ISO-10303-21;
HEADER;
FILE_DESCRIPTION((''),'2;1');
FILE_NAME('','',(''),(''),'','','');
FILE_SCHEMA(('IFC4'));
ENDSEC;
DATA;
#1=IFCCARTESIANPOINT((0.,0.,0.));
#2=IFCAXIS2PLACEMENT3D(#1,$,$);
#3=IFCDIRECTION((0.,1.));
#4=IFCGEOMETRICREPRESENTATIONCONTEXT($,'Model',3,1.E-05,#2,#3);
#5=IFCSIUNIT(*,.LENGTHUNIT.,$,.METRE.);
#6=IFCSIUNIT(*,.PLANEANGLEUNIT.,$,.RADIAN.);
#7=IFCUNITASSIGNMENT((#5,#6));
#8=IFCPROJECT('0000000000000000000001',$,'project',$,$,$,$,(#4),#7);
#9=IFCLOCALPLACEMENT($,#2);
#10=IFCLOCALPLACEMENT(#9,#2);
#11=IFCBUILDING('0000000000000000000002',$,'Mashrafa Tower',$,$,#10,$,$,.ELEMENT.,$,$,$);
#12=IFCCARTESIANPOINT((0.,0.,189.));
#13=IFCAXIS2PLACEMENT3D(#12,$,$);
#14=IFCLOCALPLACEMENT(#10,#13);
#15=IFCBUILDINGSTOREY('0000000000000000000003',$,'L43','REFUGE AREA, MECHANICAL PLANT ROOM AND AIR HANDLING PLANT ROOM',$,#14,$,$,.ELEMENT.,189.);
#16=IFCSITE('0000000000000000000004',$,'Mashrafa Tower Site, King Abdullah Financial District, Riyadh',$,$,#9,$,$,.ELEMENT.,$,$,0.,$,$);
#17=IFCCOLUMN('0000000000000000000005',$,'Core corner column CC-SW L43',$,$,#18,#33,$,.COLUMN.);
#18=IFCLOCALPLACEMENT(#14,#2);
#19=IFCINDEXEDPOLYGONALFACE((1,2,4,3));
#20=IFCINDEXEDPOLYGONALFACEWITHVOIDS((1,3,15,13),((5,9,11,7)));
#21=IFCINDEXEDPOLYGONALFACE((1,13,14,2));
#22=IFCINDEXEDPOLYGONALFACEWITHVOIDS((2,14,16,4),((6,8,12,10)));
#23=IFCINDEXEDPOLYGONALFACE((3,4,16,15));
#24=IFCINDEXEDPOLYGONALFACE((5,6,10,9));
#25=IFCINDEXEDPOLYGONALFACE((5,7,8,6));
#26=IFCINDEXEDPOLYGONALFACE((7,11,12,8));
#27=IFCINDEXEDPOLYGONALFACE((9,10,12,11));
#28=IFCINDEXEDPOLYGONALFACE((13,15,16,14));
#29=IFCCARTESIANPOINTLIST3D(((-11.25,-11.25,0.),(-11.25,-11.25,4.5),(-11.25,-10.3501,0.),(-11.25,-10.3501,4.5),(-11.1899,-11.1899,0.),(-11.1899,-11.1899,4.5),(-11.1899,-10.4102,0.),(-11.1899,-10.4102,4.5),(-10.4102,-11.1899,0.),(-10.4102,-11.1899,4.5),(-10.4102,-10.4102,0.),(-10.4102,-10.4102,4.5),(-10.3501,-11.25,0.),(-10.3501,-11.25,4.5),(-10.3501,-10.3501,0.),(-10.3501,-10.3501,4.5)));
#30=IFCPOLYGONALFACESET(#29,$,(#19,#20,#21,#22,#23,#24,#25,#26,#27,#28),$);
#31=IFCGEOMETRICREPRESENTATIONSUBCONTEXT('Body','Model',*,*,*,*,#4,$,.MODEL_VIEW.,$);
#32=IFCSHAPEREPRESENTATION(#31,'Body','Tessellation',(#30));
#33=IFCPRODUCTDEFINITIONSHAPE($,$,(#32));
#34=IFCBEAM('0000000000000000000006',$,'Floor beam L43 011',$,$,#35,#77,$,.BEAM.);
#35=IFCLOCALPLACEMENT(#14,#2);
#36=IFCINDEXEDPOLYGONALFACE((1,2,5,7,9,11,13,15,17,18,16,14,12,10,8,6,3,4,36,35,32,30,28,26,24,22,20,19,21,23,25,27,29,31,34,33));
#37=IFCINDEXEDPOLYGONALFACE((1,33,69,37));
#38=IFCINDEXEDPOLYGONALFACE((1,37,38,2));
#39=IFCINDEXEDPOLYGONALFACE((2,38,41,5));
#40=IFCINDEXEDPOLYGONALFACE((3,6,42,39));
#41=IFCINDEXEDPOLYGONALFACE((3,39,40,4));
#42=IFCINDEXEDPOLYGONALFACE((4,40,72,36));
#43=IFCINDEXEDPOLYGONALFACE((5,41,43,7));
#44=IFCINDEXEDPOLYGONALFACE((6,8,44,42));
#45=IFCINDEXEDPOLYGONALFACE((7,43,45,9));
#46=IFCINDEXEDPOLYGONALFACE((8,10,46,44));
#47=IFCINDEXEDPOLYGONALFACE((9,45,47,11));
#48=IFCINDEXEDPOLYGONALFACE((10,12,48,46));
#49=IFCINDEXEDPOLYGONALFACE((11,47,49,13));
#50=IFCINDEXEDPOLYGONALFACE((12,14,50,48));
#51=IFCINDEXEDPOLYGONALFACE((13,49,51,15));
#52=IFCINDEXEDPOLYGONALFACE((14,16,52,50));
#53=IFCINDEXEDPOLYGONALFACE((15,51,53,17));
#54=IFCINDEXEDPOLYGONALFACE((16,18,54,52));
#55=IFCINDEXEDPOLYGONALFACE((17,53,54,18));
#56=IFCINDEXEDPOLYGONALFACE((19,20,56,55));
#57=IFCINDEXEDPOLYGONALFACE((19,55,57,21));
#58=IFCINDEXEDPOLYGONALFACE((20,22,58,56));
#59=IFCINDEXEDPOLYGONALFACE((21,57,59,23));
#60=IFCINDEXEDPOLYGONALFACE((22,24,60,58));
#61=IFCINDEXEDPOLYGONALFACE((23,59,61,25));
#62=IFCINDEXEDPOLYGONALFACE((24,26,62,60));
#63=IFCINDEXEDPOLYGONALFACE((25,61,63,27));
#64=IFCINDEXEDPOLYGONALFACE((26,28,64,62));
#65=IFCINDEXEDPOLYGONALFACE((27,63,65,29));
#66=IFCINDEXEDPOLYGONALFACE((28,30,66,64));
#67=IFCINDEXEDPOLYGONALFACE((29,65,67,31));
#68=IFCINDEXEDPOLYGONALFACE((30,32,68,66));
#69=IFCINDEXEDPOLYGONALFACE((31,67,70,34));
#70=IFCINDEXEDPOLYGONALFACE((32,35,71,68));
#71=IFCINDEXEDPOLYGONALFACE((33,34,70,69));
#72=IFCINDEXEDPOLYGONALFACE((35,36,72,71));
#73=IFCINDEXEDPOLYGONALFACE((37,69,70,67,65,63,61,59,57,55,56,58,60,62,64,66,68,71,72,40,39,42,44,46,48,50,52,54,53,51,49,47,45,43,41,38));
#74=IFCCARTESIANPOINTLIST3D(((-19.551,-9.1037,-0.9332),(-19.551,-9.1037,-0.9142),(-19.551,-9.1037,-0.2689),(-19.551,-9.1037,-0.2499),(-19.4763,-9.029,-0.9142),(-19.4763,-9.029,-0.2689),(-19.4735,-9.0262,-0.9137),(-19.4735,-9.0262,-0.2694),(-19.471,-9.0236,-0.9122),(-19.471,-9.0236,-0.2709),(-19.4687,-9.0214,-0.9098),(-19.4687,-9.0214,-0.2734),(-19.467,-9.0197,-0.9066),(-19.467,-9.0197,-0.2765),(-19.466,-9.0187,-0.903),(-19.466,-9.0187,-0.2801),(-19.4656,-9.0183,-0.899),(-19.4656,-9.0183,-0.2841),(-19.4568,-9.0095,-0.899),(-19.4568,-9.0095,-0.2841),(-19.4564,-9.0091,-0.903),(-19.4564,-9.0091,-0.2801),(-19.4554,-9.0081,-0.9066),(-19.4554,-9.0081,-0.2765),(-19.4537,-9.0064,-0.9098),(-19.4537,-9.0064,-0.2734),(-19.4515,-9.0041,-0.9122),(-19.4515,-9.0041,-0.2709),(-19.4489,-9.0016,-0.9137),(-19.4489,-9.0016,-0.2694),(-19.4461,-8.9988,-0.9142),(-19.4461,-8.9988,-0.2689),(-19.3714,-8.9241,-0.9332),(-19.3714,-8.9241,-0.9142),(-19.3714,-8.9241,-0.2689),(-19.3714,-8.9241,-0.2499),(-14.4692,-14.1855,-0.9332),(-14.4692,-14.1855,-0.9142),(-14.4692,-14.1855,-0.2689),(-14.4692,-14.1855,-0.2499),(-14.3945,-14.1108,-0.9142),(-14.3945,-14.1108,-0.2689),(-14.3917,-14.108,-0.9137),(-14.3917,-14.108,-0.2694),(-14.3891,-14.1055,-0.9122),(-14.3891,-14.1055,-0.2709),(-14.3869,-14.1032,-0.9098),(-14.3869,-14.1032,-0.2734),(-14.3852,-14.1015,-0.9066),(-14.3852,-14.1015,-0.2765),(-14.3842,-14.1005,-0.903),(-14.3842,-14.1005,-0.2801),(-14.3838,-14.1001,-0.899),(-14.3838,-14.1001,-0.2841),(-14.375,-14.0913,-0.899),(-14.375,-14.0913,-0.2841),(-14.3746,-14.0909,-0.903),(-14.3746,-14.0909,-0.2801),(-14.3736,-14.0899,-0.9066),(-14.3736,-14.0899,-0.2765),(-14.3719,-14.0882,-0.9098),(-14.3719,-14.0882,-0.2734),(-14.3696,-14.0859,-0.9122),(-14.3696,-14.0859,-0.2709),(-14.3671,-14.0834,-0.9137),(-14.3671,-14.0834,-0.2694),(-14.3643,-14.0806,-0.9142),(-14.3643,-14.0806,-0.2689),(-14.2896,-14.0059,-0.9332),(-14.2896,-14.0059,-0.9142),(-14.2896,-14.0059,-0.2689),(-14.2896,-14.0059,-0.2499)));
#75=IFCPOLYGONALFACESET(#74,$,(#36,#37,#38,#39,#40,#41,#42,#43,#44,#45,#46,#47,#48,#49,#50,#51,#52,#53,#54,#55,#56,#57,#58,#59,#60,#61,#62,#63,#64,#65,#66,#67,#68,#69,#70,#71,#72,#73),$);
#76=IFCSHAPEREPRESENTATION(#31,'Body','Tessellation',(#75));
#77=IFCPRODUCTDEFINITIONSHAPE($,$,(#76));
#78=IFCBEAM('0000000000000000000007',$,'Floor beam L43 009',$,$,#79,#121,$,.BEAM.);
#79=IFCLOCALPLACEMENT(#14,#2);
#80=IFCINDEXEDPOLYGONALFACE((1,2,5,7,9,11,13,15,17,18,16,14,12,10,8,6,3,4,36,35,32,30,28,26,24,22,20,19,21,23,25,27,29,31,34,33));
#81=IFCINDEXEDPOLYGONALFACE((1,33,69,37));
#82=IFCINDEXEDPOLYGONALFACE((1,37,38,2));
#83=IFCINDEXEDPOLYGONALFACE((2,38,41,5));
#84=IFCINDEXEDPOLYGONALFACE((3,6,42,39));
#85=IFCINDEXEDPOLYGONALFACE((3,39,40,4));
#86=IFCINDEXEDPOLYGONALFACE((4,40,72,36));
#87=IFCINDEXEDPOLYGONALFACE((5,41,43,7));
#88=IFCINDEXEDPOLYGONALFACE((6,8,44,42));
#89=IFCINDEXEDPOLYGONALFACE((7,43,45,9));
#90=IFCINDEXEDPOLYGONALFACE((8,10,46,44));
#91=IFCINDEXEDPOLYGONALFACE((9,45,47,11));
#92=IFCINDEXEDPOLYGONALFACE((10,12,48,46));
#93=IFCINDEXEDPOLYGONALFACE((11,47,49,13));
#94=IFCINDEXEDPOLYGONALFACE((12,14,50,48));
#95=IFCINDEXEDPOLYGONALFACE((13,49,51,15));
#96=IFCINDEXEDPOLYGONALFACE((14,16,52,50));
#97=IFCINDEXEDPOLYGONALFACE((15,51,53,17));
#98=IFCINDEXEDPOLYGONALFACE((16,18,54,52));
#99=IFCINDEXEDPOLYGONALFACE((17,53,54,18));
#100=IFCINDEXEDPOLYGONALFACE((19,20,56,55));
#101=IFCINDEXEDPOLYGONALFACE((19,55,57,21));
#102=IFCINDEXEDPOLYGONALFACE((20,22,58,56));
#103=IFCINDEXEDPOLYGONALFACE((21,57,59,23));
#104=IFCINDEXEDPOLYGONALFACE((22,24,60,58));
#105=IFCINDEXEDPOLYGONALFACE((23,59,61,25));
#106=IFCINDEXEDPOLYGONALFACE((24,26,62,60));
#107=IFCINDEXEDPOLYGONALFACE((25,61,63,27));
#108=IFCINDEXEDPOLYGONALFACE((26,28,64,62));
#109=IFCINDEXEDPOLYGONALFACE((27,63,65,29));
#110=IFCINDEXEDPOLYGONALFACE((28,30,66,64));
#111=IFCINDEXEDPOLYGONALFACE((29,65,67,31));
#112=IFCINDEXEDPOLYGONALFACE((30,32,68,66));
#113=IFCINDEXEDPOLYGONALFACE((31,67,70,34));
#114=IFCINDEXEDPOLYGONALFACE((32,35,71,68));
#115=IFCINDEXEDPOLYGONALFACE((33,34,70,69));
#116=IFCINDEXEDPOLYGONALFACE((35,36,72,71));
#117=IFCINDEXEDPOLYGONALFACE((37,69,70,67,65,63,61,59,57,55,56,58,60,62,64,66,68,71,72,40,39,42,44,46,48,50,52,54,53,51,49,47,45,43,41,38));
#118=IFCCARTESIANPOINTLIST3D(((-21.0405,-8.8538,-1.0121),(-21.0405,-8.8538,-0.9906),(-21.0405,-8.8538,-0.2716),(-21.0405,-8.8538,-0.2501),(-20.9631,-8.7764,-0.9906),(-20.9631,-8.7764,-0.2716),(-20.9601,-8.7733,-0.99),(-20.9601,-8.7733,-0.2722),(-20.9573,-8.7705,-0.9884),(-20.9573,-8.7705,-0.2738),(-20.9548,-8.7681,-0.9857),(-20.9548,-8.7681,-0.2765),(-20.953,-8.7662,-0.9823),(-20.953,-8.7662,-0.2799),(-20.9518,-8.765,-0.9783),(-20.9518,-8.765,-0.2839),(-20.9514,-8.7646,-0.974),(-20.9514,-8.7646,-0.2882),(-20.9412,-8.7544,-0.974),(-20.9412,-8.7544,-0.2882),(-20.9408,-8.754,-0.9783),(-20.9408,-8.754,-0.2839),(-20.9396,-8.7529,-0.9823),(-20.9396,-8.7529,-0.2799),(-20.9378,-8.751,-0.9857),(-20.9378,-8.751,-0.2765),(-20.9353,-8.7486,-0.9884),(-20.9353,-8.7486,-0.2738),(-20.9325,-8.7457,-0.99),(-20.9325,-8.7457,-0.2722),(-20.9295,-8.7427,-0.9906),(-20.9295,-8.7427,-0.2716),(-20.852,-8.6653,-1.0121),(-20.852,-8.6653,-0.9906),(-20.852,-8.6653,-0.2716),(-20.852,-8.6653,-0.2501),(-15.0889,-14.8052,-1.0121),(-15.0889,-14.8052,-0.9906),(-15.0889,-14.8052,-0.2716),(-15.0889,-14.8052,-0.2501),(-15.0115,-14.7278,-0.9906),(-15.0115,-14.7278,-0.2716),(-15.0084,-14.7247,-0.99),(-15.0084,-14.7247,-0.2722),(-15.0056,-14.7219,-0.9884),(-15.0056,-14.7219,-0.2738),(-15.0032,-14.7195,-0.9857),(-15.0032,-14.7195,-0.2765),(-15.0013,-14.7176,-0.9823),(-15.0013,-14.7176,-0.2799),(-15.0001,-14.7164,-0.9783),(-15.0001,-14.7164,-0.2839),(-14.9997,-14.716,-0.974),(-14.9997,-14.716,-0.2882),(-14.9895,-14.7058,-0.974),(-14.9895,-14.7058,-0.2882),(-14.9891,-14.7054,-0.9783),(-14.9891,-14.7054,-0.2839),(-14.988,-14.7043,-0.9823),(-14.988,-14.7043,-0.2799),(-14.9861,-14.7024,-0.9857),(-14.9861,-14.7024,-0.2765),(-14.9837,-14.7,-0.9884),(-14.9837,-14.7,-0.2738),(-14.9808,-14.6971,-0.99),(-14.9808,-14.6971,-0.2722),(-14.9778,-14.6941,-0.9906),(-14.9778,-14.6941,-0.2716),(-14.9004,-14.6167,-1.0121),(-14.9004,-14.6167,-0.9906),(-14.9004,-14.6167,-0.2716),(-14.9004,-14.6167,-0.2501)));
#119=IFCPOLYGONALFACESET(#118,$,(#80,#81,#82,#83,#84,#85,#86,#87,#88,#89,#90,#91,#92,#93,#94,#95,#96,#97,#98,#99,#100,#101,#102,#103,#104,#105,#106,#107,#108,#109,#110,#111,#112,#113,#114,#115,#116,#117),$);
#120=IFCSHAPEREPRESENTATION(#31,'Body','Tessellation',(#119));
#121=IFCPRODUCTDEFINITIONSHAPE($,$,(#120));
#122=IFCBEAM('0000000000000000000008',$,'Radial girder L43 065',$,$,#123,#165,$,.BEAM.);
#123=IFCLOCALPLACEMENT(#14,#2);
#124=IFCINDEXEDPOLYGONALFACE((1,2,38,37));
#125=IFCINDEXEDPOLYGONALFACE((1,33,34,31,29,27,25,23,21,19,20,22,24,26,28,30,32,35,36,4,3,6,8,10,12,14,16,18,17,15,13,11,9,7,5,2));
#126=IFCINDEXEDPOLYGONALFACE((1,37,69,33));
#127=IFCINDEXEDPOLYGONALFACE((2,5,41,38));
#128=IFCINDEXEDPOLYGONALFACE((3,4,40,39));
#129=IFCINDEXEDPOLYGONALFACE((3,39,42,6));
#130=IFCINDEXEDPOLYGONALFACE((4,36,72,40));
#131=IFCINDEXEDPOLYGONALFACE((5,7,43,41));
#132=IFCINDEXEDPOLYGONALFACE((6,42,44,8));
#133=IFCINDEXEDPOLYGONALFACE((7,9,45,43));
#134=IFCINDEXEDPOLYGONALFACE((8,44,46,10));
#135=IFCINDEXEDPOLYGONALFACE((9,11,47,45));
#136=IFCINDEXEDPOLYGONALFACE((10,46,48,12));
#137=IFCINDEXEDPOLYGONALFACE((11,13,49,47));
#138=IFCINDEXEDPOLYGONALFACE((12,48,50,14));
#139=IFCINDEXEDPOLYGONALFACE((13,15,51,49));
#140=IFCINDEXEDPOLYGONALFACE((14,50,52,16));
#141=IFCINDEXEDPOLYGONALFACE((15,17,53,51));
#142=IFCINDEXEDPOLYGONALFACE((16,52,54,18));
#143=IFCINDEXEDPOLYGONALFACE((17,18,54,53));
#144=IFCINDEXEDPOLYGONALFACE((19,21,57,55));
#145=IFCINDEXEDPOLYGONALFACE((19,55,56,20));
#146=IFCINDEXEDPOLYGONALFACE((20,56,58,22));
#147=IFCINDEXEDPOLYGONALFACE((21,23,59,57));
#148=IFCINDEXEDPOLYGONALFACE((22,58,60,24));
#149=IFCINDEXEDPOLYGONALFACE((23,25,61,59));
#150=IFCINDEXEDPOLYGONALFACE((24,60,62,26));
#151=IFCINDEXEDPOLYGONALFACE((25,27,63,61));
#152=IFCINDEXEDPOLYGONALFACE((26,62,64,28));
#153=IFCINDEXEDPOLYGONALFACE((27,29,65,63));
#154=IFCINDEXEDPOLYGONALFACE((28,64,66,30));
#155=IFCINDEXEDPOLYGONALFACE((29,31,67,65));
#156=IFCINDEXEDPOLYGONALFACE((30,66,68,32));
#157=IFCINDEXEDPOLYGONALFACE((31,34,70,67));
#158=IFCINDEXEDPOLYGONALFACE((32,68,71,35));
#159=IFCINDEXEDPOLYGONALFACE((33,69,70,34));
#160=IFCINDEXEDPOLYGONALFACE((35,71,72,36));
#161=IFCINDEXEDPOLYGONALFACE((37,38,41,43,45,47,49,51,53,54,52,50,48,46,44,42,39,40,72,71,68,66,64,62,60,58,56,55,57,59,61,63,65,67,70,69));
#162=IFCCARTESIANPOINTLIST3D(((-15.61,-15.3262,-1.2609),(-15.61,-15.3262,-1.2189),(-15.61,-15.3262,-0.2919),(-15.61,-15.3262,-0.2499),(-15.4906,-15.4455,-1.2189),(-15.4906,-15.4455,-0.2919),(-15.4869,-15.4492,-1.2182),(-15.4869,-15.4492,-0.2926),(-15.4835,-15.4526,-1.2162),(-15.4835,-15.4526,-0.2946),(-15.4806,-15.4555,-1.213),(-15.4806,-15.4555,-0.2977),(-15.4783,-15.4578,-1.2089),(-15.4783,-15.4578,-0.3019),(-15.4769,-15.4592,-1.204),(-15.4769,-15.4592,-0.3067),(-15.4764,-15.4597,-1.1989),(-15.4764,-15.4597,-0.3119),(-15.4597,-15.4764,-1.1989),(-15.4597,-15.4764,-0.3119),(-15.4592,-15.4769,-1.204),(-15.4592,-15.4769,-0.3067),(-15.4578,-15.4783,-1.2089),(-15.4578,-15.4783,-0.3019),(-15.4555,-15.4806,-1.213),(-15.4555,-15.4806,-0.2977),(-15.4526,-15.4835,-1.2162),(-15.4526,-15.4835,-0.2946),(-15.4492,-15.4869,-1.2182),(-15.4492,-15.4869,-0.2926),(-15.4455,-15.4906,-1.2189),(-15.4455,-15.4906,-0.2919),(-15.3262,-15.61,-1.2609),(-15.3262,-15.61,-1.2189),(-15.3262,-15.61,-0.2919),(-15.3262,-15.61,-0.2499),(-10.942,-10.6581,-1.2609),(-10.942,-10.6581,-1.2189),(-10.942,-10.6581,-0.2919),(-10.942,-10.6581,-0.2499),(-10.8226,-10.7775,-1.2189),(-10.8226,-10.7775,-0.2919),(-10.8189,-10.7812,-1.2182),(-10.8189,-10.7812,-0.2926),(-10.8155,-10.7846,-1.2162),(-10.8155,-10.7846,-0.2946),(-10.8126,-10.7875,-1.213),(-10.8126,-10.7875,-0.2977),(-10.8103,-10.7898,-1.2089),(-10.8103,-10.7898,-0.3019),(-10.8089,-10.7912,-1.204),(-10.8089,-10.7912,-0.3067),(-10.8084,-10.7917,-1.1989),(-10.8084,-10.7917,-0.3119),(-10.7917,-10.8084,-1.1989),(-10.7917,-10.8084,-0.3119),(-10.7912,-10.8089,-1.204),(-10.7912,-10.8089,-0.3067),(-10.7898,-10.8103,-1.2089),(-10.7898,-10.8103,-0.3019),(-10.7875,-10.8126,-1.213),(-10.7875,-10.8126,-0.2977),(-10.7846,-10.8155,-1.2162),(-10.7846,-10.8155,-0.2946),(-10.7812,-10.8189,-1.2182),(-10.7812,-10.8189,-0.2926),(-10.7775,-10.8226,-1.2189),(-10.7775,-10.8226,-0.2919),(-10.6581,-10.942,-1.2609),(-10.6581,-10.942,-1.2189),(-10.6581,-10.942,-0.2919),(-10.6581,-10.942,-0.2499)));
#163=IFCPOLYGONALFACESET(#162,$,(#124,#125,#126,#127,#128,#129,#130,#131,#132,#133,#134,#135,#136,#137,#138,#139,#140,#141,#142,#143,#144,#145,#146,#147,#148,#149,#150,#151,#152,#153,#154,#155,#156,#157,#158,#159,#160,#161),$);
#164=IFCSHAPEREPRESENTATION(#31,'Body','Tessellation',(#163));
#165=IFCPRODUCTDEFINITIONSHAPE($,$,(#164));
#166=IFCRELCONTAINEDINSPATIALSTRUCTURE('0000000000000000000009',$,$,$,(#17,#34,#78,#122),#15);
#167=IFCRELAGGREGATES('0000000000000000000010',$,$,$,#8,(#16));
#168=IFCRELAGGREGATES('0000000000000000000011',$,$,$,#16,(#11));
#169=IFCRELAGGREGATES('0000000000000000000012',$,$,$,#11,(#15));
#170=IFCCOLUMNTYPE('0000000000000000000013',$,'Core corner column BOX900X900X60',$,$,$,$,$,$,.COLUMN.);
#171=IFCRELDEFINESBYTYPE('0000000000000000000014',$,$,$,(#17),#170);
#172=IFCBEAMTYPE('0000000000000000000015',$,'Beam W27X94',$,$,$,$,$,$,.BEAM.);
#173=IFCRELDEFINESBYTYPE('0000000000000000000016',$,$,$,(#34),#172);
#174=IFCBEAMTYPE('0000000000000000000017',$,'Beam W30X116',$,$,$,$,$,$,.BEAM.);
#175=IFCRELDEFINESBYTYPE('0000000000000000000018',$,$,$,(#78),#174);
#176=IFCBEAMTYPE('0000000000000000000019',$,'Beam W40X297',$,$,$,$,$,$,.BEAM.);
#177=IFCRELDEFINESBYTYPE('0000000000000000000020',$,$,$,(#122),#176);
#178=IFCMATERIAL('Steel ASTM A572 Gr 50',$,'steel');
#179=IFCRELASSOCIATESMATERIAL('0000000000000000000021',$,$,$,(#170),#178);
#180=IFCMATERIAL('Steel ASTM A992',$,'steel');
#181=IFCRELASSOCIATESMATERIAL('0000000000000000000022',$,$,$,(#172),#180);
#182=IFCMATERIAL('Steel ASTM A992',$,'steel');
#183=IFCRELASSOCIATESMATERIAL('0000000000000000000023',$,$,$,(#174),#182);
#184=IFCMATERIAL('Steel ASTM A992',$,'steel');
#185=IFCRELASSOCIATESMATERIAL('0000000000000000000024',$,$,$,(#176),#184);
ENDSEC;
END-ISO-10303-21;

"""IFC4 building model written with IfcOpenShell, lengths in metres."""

from ifc_helpers import new_model, si_unit, direction, frame, origin, origin_2d, place, context, subcontext, project, spatial, hollow_rectangle, i_section, extrude, material, material_profile, profile_set, type_object, element, save


model = new_model("IFC4")

# Units and contexts
model_context = context("Model", 3, precision=1e-05, world=origin(), true_north=direction((0.0, 1.0)))
body_context = subcontext(model_context, "Body", "Model", "MODEL_VIEW")
ifc_project = project(units=[si_unit("LENGTHUNIT", "METRE"), si_unit("PLANEANGLEUNIT", "RADIAN")], contexts=[model_context])

# Site, building, storey
site_placement = place(None, origin())
site = spatial("IfcSite", under=ifc_project, at=site_placement, Name="Mashrafa Tower Site, King Abdullah Financial District, Riyadh", CompositionType="ELEMENT", RefElevation=0.0)
building_placement = place(site_placement, origin())
building = spatial("IfcBuilding", under=site, at=building_placement, Name="Mashrafa Tower", CompositionType="ELEMENT")
storey_placement = place(building_placement, frame((0.0, 0.0, 189.0)))
storey = spatial("IfcBuildingStorey", under=building, at=storey_placement, Name="L43", Description="REFUGE AREA, MECHANICAL PLANT ROOM AND AIR HANDLING PLANT ROOM", CompositionType="ELEMENT", Elevation=189.0)

# Column
ifc_material_1 = material(Name="Steel ASTM A572 Gr 50", Category="steel")
ifc_material_profile_1 = material_profile(ifc_material_1, hollow_rectangle(XDim=0.8999, YDim=0.8999, WallThickness=0.0601, at=origin_2d()), Name="BOX900X900X60")
ifc_profile_set_1 = profile_set([ifc_material_profile_1], Name="Steel ASTM A572 Gr 50")
column_type = type_object("IfcColumnType", Name="Core corner column BOX900X900X60", PredefinedType="COLUMN", material=ifc_profile_set_1)
column_placement = place(storey_placement, frame((-10.8, -10.8, 0.0), z_axis=(0.0, 0.0, 1.0), x_axis=(1.0, 0.0, 0.0)))
element("IfcColumn", 1, at=column_placement, inside=storey, type_object=column_type, Name="Core corner column CC-SW L43", PredefinedType="COLUMN", context=body_context, shape_type="SweptSolid", body=[
    extrude(hollow_rectangle(XDim=0.8999, YDim=0.8999, WallThickness=0.0601, at=origin_2d()), origin(), (0.0, 0.0, 1.0), 4.5),
])

# Beams
ifc_material_2 = material(Name="Steel ASTM A992", Category="steel")
ifc_material_profile_2 = material_profile(ifc_material_2, i_section(OverallWidth=0.2539, OverallDepth=0.6833, WebThickness=0.0125, FlangeThickness=0.019, FilletRadius=0.0151, at=origin_2d()), Name="W27X94")
ifc_profile_set_2 = profile_set([ifc_material_profile_2], Name="Steel ASTM A992")
beam_type_1 = type_object("IfcBeamType", Name="Beam W27X94", PredefinedType="BEAM", material=ifc_profile_set_2)
beam_1_placement = place(storey_placement, frame((-14.3794, -14.0957, -0.5916), z_axis=(-0.707107, 0.707107, 0.0), x_axis=(-0.707107, -0.707107, 0.0)))
element("IfcBeam", 2, at=beam_1_placement, inside=storey, type_object=beam_type_1, Name="Floor beam L43 011", PredefinedType="BEAM", context=body_context, shape_type="SweptSolid", body=[
    extrude(i_section(OverallWidth=0.2539, OverallDepth=0.6833, WebThickness=0.0125, FlangeThickness=0.019, FilletRadius=0.0151, at=origin_2d()), origin(), (0.0, 0.0, 1.0), 7.1868),
])
ifc_material_3 = material(Name="Steel ASTM A992", Category="steel")
ifc_material_profile_3 = material_profile(ifc_material_3, i_section(OverallWidth=0.2666, OverallDepth=0.762, WebThickness=0.0144, FlangeThickness=0.0215, FilletRadius=0.0166, at=origin_2d()), Name="W30X116")
ifc_profile_set_3 = profile_set([ifc_material_profile_3], Name="Steel ASTM A992")
beam_type_2 = type_object("IfcBeamType", Name="Beam W30X116", PredefinedType="BEAM", material=ifc_profile_set_3)
beam_2_placement = place(storey_placement, frame((-14.9946, -14.7109, -0.6311), z_axis=(-0.707121, 0.707092, 0.0), x_axis=(-0.707092, -0.707121, 0.0)))
element("IfcBeam", 3, at=beam_2_placement, inside=storey, type_object=beam_type_2, Name="Floor beam L43 009", PredefinedType="BEAM", context=body_context, shape_type="SweptSolid", body=[
    extrude(i_section(OverallWidth=0.2666, OverallDepth=0.762, WebThickness=0.0144, FlangeThickness=0.0215, FilletRadius=0.0166, at=origin_2d()), origin(), (0.0, 0.0, 1.0), 8.4167),
])
ifc_material_4 = material(Name="Steel ASTM A992", Category="steel")
ifc_material_profile_4 = material_profile(ifc_material_4, i_section(OverallWidth=0.4014, OverallDepth=1.011, WebThickness=0.0237, FlangeThickness=0.042, FilletRadius=0.02, at=origin_2d()), Name="W40X297")
ifc_profile_set_4 = profile_set([ifc_material_profile_4], Name="Steel ASTM A992")
beam_type_3 = type_object("IfcBeamType", Name="Beam W40X297", PredefinedType="BEAM", material=ifc_profile_set_4)
beam_3_placement = place(storey_placement, frame((-10.8, -10.8, -0.7554), z_axis=(-0.707107, -0.707107, 0.0), x_axis=(0.707107, -0.707107, 0.0)))
element("IfcBeam", 4, at=beam_3_placement, inside=storey, type_object=beam_type_3, Name="Radial girder L43 065", PredefinedType="BEAM", context=body_context, shape_type="SweptSolid", body=[
    extrude(i_section(OverallWidth=0.4014, OverallDepth=1.011, WebThickness=0.0237, FlangeThickness=0.042, FilletRadius=0.02, at=origin_2d()), origin(), (0.0, 0.0, 1.0), 6.6016),
])

save(model, "model.ifc")
